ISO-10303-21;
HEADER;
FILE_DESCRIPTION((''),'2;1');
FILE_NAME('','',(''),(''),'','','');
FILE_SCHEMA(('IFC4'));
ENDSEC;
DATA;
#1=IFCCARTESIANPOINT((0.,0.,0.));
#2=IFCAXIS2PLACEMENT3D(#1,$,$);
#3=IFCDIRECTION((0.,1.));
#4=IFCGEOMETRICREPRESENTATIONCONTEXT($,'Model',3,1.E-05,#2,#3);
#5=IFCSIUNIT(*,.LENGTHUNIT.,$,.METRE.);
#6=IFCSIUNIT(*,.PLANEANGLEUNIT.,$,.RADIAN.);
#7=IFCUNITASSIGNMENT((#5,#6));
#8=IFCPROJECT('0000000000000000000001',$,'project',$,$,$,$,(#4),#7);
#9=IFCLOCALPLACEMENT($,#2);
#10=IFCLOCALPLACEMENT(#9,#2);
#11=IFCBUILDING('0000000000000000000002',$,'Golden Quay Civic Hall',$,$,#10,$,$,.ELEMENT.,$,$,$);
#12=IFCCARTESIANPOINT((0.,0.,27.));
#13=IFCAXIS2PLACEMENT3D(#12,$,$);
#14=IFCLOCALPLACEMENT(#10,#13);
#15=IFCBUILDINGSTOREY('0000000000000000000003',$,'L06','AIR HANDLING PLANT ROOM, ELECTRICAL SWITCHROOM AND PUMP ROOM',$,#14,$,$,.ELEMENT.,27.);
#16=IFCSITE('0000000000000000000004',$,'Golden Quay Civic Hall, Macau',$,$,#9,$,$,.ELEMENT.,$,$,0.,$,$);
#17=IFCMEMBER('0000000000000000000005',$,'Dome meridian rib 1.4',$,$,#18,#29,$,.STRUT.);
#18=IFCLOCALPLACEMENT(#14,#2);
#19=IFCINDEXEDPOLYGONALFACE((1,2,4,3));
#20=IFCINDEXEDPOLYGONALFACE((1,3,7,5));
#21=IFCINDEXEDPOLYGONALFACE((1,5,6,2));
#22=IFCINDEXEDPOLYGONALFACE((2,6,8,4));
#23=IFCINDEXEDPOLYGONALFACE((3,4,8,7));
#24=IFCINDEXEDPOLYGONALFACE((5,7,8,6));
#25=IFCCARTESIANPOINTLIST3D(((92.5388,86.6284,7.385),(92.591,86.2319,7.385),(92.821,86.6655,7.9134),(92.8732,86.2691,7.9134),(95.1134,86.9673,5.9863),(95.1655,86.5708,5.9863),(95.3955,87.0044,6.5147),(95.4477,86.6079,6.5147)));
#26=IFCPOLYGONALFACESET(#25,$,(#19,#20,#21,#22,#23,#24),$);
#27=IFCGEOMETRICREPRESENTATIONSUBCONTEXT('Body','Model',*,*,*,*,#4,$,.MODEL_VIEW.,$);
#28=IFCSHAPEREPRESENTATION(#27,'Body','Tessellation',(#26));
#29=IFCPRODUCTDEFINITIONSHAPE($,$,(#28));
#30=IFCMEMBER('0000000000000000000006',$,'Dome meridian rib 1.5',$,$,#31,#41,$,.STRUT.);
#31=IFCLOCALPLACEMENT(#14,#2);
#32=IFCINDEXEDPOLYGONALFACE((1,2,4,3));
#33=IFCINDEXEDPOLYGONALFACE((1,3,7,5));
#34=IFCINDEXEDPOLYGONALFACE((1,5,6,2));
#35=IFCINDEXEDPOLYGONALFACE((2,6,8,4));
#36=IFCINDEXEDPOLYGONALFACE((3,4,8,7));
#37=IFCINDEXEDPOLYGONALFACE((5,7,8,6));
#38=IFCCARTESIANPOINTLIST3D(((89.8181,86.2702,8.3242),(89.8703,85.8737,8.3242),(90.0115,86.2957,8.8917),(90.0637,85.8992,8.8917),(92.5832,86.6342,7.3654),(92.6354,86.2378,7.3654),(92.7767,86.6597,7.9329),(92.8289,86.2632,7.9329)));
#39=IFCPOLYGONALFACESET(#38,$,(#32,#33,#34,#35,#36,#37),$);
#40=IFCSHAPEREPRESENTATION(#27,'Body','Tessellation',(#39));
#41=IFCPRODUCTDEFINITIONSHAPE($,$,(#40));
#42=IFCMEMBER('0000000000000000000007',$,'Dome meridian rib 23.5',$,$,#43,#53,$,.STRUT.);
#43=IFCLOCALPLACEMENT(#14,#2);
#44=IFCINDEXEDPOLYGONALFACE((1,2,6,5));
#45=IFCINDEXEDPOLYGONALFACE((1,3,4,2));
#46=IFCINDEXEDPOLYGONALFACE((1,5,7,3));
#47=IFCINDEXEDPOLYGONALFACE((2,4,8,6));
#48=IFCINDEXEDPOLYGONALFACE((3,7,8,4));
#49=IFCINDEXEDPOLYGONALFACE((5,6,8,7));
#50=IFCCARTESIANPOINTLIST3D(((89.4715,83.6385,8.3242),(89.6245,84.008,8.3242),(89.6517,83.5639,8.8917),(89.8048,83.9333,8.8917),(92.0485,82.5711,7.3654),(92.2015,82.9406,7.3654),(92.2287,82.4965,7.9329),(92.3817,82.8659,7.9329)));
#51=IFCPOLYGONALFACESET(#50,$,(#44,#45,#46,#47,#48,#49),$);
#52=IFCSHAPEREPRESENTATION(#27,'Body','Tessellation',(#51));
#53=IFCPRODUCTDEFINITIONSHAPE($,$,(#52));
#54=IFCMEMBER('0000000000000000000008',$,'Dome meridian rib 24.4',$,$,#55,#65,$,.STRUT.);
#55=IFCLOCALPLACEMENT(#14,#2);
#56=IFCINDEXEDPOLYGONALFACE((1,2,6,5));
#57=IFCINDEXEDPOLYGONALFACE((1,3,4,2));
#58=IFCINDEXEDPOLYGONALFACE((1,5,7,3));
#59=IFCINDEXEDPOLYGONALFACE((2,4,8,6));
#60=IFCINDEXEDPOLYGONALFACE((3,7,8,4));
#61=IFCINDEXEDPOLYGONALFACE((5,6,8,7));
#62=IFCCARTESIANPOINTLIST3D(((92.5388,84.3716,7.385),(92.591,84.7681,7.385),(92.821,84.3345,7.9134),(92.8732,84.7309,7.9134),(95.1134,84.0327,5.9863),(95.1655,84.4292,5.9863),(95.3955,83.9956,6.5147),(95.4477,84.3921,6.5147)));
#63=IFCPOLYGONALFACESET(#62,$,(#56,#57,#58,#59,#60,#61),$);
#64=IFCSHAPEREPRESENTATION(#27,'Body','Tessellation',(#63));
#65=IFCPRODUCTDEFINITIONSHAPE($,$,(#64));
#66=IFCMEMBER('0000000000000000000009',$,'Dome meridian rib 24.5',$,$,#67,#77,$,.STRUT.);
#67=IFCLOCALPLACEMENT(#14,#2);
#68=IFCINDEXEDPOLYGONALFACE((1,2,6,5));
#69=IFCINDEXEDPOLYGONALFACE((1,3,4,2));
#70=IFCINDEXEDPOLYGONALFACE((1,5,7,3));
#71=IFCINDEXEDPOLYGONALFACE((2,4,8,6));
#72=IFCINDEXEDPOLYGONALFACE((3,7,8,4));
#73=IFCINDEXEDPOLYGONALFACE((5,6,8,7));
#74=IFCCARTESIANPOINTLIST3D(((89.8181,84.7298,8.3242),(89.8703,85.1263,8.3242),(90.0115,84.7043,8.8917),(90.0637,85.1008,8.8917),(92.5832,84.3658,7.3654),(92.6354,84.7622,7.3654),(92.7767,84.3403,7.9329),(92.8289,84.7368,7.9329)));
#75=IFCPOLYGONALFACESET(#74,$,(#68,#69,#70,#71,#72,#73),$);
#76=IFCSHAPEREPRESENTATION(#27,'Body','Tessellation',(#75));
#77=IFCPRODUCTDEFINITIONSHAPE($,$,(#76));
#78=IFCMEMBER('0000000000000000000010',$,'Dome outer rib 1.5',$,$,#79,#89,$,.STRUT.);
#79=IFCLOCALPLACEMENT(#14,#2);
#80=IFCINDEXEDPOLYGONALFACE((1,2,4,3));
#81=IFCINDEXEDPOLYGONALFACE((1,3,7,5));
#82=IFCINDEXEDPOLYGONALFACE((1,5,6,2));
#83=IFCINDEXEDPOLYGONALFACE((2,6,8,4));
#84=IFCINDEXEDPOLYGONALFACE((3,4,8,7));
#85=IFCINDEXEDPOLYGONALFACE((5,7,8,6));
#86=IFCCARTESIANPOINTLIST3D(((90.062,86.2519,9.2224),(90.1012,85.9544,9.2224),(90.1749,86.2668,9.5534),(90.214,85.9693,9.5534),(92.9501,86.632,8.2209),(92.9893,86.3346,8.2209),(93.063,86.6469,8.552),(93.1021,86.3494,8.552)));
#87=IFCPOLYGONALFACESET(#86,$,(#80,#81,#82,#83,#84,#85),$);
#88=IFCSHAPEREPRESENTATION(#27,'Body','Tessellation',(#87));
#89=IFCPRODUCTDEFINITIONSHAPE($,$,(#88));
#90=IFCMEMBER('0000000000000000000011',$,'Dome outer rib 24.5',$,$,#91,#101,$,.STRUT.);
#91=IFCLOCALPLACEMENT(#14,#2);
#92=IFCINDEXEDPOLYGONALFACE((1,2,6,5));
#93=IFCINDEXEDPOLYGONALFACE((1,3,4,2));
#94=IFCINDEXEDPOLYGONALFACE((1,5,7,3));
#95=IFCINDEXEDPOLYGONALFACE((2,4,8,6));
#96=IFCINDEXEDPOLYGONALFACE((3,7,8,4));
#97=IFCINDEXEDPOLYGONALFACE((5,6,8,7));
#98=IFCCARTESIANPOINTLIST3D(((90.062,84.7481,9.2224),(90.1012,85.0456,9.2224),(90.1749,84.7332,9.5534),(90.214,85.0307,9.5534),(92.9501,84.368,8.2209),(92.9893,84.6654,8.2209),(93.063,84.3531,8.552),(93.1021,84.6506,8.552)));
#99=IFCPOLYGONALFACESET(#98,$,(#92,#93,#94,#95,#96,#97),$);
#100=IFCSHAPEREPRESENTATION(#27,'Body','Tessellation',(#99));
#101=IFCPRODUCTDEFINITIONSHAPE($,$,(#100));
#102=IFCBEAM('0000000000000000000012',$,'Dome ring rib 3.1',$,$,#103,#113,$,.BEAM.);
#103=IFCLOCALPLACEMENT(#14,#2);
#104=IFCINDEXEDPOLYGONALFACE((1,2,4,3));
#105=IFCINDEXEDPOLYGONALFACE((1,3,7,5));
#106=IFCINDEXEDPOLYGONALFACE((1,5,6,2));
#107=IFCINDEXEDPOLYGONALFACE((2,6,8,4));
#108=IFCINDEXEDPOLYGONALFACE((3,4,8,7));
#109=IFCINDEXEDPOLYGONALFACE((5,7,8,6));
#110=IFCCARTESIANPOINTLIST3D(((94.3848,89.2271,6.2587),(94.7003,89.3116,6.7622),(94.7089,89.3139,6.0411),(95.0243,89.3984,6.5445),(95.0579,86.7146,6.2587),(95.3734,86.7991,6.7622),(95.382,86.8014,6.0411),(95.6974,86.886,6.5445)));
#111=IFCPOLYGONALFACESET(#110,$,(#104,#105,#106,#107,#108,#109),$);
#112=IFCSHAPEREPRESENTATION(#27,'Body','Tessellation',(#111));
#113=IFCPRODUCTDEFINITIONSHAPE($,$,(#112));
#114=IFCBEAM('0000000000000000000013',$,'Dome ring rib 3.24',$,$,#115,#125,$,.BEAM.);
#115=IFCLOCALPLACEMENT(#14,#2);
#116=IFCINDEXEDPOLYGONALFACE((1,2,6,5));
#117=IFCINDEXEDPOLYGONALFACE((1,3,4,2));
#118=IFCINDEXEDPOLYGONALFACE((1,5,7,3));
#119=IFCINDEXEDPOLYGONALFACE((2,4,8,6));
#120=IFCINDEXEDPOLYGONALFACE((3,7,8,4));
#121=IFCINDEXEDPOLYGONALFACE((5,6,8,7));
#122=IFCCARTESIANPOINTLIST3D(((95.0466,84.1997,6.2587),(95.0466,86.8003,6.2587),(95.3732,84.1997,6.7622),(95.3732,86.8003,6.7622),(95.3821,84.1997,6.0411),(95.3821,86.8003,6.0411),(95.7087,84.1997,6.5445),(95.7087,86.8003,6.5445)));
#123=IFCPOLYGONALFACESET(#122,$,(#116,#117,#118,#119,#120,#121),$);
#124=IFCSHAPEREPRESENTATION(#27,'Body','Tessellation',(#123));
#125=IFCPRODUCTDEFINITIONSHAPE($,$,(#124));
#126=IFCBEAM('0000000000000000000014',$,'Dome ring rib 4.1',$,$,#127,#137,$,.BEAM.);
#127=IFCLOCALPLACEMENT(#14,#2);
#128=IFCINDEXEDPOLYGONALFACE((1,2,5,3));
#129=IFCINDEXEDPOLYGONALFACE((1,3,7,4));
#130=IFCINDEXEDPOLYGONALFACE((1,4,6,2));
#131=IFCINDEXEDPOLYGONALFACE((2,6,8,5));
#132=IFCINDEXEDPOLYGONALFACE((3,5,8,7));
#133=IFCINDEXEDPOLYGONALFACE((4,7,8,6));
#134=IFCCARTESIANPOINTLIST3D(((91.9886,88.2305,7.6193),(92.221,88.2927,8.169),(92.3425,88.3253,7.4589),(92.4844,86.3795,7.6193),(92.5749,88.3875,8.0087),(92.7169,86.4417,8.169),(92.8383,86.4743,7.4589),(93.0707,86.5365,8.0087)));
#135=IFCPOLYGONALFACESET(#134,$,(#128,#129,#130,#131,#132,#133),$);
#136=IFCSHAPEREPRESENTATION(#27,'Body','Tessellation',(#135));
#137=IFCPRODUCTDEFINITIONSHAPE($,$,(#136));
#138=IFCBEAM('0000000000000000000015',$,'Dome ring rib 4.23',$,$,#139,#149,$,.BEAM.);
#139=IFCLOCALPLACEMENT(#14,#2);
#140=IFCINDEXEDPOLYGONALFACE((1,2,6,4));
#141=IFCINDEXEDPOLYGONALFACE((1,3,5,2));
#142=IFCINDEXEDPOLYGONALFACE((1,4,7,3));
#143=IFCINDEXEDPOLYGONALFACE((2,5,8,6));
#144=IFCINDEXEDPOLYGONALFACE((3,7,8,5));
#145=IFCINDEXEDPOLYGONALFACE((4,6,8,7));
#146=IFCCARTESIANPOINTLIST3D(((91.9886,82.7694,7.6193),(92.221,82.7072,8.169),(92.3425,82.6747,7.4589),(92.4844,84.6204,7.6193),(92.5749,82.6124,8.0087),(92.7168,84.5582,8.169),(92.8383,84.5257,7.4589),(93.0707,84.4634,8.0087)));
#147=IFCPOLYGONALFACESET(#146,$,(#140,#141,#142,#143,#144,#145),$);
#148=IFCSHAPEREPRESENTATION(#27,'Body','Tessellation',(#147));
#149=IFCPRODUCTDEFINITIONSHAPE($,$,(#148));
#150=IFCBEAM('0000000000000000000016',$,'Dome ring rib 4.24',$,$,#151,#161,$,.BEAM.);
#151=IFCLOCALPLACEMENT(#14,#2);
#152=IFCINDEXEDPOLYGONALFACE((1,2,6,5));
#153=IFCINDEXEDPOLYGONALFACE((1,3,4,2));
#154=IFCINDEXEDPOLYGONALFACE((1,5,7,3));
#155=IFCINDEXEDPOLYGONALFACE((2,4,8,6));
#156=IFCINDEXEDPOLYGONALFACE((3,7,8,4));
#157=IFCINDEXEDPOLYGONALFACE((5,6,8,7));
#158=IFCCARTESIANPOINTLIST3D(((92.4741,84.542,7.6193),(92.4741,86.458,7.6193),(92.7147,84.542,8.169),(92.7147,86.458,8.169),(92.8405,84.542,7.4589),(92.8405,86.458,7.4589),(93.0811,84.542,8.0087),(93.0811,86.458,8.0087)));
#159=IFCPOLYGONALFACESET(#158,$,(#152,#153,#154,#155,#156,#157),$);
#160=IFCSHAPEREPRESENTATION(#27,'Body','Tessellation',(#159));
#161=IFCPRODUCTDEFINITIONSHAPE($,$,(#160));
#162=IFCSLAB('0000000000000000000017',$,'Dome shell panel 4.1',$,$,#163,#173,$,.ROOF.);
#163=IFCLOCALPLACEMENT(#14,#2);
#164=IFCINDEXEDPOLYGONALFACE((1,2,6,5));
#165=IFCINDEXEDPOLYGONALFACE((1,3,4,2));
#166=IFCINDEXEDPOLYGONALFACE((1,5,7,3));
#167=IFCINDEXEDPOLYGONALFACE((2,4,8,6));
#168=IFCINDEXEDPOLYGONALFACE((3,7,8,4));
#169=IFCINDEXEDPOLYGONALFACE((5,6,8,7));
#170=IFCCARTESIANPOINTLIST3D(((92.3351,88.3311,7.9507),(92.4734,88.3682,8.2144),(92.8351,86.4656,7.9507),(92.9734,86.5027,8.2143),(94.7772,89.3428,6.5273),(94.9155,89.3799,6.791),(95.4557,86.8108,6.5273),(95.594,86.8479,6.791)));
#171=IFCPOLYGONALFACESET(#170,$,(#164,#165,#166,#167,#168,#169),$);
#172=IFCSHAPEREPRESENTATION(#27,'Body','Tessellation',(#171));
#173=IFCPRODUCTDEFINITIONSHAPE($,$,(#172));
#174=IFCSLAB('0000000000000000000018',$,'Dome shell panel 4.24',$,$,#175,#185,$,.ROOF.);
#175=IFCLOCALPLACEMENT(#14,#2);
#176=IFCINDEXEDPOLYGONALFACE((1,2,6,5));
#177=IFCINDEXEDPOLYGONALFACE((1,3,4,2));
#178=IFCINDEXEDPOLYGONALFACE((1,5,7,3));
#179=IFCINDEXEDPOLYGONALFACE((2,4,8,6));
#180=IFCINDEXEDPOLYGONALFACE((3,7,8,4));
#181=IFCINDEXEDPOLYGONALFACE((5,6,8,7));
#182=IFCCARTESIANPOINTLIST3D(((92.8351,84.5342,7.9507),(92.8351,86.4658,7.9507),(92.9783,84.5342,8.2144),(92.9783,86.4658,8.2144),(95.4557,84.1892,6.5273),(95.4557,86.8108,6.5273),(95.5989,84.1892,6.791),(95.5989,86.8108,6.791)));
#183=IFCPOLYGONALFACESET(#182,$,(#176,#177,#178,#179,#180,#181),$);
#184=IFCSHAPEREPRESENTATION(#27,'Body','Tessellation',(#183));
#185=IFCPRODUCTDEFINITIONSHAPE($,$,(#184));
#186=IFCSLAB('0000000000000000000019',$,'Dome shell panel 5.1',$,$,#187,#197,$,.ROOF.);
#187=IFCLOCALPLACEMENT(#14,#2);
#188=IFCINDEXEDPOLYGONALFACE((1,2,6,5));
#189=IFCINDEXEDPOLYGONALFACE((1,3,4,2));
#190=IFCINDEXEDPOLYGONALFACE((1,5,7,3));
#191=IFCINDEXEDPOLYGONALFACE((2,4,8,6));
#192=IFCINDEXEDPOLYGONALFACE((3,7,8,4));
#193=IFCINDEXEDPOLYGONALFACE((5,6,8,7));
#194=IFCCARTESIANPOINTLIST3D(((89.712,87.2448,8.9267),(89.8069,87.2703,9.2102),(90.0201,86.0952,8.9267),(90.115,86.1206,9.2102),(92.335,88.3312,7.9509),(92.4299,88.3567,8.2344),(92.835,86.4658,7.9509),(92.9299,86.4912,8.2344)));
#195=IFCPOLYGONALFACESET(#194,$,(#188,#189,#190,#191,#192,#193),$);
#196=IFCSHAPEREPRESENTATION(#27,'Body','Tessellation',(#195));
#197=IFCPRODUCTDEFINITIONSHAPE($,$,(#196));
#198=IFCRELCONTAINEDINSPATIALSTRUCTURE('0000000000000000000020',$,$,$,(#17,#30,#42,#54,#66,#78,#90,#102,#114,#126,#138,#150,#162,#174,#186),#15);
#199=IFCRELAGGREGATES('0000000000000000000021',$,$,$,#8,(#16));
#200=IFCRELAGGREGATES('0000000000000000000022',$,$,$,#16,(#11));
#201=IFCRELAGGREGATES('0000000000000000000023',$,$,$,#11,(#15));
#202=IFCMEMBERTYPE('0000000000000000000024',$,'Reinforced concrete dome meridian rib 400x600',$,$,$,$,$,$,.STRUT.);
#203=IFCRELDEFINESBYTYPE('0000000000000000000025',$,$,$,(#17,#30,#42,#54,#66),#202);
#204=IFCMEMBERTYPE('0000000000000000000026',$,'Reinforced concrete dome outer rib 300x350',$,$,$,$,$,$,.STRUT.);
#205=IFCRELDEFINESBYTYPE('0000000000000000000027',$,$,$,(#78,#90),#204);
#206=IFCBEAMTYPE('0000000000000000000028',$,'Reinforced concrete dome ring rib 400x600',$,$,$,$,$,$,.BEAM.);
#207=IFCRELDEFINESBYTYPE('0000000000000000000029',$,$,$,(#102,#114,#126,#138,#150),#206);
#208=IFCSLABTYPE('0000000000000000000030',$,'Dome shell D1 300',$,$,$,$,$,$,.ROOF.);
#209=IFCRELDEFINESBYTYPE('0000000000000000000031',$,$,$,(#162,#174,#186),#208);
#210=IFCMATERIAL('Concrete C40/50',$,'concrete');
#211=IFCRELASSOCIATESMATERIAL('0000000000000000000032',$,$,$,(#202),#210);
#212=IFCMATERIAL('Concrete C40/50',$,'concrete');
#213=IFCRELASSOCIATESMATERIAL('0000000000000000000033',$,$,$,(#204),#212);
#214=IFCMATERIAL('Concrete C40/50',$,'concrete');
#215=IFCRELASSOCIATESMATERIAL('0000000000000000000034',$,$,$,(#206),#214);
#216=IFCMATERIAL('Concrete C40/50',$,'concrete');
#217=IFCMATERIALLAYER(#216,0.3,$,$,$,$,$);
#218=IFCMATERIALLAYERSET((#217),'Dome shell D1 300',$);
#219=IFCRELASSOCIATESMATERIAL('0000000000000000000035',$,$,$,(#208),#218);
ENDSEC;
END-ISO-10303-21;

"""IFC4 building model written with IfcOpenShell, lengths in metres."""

from ifc_helpers import new_model, si_unit, direction, frame, origin, origin_2d, place, context, subcontext, project, spatial, polyline, rectangle, outline, extrude, material, layer, layer_set, material_profile, profile_set, type_object, element, save


model = new_model("IFC4")

# Units and contexts
model_context = context("Model", 3, precision=1e-05, world=origin(), true_north=direction((0.0, 1.0)))
body_context = subcontext(model_context, "Body", "Model", "MODEL_VIEW")
ifc_project = project(units=[si_unit("LENGTHUNIT", "METRE"), si_unit("PLANEANGLEUNIT", "RADIAN")], contexts=[model_context])

# Site, building, storey
site_placement = place(None, origin())
site = spatial("IfcSite", under=ifc_project, at=site_placement, Name="Golden Quay Civic Hall, Macau", CompositionType="ELEMENT", RefElevation=0.0)
building_placement = place(site_placement, origin())
building = spatial("IfcBuilding", under=site, at=building_placement, Name="Golden Quay Civic Hall", CompositionType="ELEMENT")
storey_placement = place(building_placement, frame((0.0, 0.0, 27.0)))
storey = spatial("IfcBuildingStorey", under=building, at=storey_placement, Name="L06", Description="AIR HANDLING PLANT ROOM, ELECTRICAL SWITCHROOM AND PUMP ROOM", CompositionType="ELEMENT", Elevation=27.0)

# Members
ifc_material_1 = material(Name="Concrete C40/50", Category="concrete")
ifc_material_profile_1 = material_profile(ifc_material_1, rectangle(XDim=0.3999, YDim=0.6001, at=origin_2d()), Name="RC 400x600")
ifc_profile_set_1 = profile_set([ifc_material_profile_1], Name="Concrete C40/50")
member_type_1 = type_object("IfcMemberType", Name="Reinforced concrete dome meridian rib 400x600", PredefinedType="STRUT", material=ifc_profile_set_1)
member_1_placement = place(storey_placement, frame((95.2805, 86.7876, 6.2505), z_axis=(-0.872875, -0.114893, 0.474225), x_axis=(0.130501, -0.991448, 0.0)))
element("IfcMember", 1, at=member_1_placement, inside=storey, type_object=member_type_1, Name="Dome meridian rib 1.4", PredefinedType="STRUT", context=body_context, shape_type="SweptSolid", body=[
    extrude(rectangle(XDim=0.3999, YDim=0.6001, at=origin_2d()), origin(), (0.0, 0.0, 1.0), 2.9495),
])
member_2_placement = place(storey_placement, frame((92.7061, 86.4487, 7.6492), z_axis=(-0.937595, -0.123429, 0.325087), x_axis=(0.130518, -0.991446, 0.0)))
element("IfcMember", 2, at=member_2_placement, inside=storey, type_object=member_type_1, Name="Dome meridian rib 1.5", PredefinedType="STRUT", context=body_context, shape_type="SweptSolid", body=[
    extrude(rectangle(XDim=0.3999, YDim=0.6001, at=origin_2d()), origin(), (0.0, 0.0, 1.0), 2.9492),
])
for number, where, z_axis, x_axis, name in (
    (3, (92.2151, 82.7185, 7.6492), (-0.873706, 0.361899, 0.325063), (-0.382682, -0.92388, 0.0), "Dome meridian rib 23.5"),
    (4, (95.2805, 84.2124, 6.2505), (-0.872875, 0.114893, 0.474225), (-0.130501, -0.991448, 0.0), "Dome meridian rib 24.4"),
):
    element("IfcMember", number, at=place(storey_placement, frame(where, z_axis=z_axis, x_axis=x_axis)), inside=storey, type_object=member_type_1, Name=name, PredefinedType="STRUT", context=body_context, shape_type="SweptSolid", body=[
        extrude(rectangle(XDim=0.3999, YDim=0.6001, at=origin_2d()), origin(), (0.0, 0.0, 1.0), 2.9495),
    ])
member_3_placement = place(storey_placement, frame((92.7061, 84.5513, 7.6492), z_axis=(-0.937595, 0.123429, 0.325087), x_axis=(-0.130518, -0.991446, 0.0)))
element("IfcMember", 5, at=member_3_placement, inside=storey, type_object=member_type_1, Name="Dome meridian rib 24.5", PredefinedType="STRUT", context=body_context, shape_type="SweptSolid", body=[
    extrude(rectangle(XDim=0.3999, YDim=0.6001, at=origin_2d()), origin(), (0.0, 0.0, 1.0), 2.9492),
])
ifc_material_2 = material(Name="Concrete C40/50", Category="concrete")
ifc_material_profile_2 = material_profile(ifc_material_2, rectangle(XDim=0.3, YDim=0.3501, at=origin_2d()), Name="RC 300x350")
ifc_profile_set_2 = profile_set([ifc_material_profile_2], Name="Concrete C40/50")
member_type_2 = type_object("IfcMemberType", Name="Reinforced concrete dome outer rib 300x350", PredefinedType="STRUT", material=ifc_profile_set_2)
for number, where, z_axis, x_axis, name in (
    (6, (93.0261, 86.4907, 8.3865), (-0.937592, -0.123401, 0.325106), (0.130489, -0.99145, 0.0), "Dome outer rib 1.5"),
    (7, (93.0261, 84.5093, 8.3865), (-0.937592, 0.123401, 0.325106), (-0.130489, -0.99145, 0.0), "Dome outer rib 24.5"),
):
    element("IfcMember", number, at=place(storey_placement, frame(where, z_axis=z_axis, x_axis=x_axis)), inside=storey, type_object=member_type_2, Name=name, PredefinedType="STRUT", context=body_context, shape_type="SweptSolid", body=[
        extrude(rectangle(XDim=0.3, YDim=0.3501, at=origin_2d()), origin(), (0.0, 0.0, 1.0), 3.0803),
    ])

# Beams
ifc_material_3 = material(Name="Concrete C40/50", Category="concrete")
ifc_material_profile_3 = material_profile(ifc_material_3, rectangle(XDim=0.3999, YDim=0.6001, at=origin_2d()), Name="RC 400x600")
ifc_profile_set_3 = profile_set([ifc_material_profile_3], Name="Concrete C40/50")
beam_type = type_object("IfcBeamType", Name="Reinforced concrete dome ring rib 400x600", PredefinedType="BEAM", material=ifc_profile_set_3)
beam_1_placement = place(storey_placement, frame((95.3777, 86.8003, 6.4016), z_axis=(-0.258778, 0.965937, 0.0), x_axis=(-0.810373, -0.217102, 0.544209)))
element("IfcBeam", 8, at=beam_1_placement, inside=storey, type_object=beam_type, Name="Dome ring rib 3.1", PredefinedType="BEAM", context=body_context, shape_type="SweptSolid", body=[
    extrude(rectangle(XDim=0.3999, YDim=0.6001, at=origin_2d()), origin(), (0.0, 0.0, 1.0), 2.6011),
])
beam_2_placement = place(storey_placement, frame((95.3777, 84.1997, 6.4016), z_axis=(0.0, 1.0, 0.0), x_axis=(-0.83895, 0.0, 0.544209)))
element("IfcBeam", 9, at=beam_2_placement, inside=storey, type_object=beam_type, Name="Dome ring rib 3.24", PredefinedType="BEAM", context=body_context, shape_type="SweptSolid", body=[
    extrude(rectangle(XDim=0.3999, YDim=0.6001, at=origin_2d()), origin(), (0.0, 0.0, 1.0), 2.6006),
])
for number, where, z_axis, x_axis, name in (
    (10, (92.7776, 86.458, 7.814), (-0.258749, 0.965945, 0.0), (-0.884898, -0.237039, 0.400958), "Dome ring rib 4.1"),
    (11, (92.2817, 82.6909, 7.814), (0.258749, 0.965945, 0.0), (-0.884898, 0.237039, 0.400958), "Dome ring rib 4.23"),
):
    element("IfcBeam", number, at=place(storey_placement, frame(where, z_axis=z_axis, x_axis=x_axis)), inside=storey, type_object=beam_type, Name=name, PredefinedType="BEAM", context=body_context, shape_type="SweptSolid", body=[
        extrude(rectangle(XDim=0.3999, YDim=0.6001, at=origin_2d()), origin(), (0.0, 0.0, 1.0), 1.9163),
    ])
beam_3_placement = place(storey_placement, frame((92.7776, 84.542, 7.814), z_axis=(0.0, 1.0, 0.0), x_axis=(-0.916096, 0.0, 0.400958)))
element("IfcBeam", 12, at=beam_3_placement, inside=storey, type_object=beam_type, Name="Dome ring rib 4.24", PredefinedType="BEAM", context=body_context, shape_type="SweptSolid", body=[
    extrude(rectangle(XDim=0.3999, YDim=0.6001, at=origin_2d()), origin(), (0.0, 0.0, 1.0), 1.916),
])

# Slabs
ifc_material_4 = material(Name="Concrete C40/50", Category="concrete")
ifc_layer_1 = layer(ifc_material_4, 0.3)
ifc_layer_set_1 = layer_set([ifc_layer_1], Name="Dome shell D1 300")
slab_type = type_object("IfcSlabType", Name="Dome shell D1 300", PredefinedType="ROOF", material=ifc_layer_set_1)
slab_1_placement = place(storey_placement, frame((95.594, 86.8479, 6.791), z_axis=(0.460997, 0.123542, 0.87876), x_axis=(-0.258834, 0.965922, -0.000011)))
element("IfcSlab", 13, at=slab_1_placement, inside=storey, type_object=slab_type, Name="Dome shell panel 4.1", PredefinedType="ROOF", context=body_context, shape_type="SweptSolid", body=[
    extrude(outline(polyline([(0.0, 0.0), (2.6213, 0.0), (2.2762, 2.9823), (0.3448, 2.9822), (0.0, 0.0)])), origin(), (0.0, 0.0, -1.0), 0.3),
])
slab_2_placement = place(storey_placement, frame((95.5989, 84.1892, 6.791), z_axis=(0.47728, 0.0, 0.878751), x_axis=(0.0, 1.0, 0.0)))
element("IfcSlab", 14, at=slab_2_placement, inside=storey, type_object=slab_type, Name="Dome shell panel 4.24", PredefinedType="ROOF", context=body_context, shape_type="SweptSolid", body=[
    extrude(outline(polyline([(0.0, 0.0), (2.6216, 0.0), (2.2766, 2.9822), (0.345, 2.9822), (0.0, 0.0)])), origin(), (0.0, 0.0, -1.0), 0.3),
])
slab_3_placement = place(storey_placement, frame((92.9299, 86.4912, 8.2344), z_axis=(0.316377, 0.084794, 0.944836), x_axis=(-0.258889, 0.965907, 0.000003)))
element("IfcSlab", 15, at=slab_3_placement, inside=storey, type_object=slab_type, Name="Dome shell panel 5.1", PredefinedType="ROOF", context=body_context, shape_type="SweptSolid", body=[
    extrude(outline(polyline([(0.0, 0.0), (1.9313, 0.0), (1.561, 2.9792), (0.3708, 2.9793), (0.0, 0.0)])), origin(), (0.0, 0.0, -1.0), 0.3),
])

save(model, "model.ifc")
